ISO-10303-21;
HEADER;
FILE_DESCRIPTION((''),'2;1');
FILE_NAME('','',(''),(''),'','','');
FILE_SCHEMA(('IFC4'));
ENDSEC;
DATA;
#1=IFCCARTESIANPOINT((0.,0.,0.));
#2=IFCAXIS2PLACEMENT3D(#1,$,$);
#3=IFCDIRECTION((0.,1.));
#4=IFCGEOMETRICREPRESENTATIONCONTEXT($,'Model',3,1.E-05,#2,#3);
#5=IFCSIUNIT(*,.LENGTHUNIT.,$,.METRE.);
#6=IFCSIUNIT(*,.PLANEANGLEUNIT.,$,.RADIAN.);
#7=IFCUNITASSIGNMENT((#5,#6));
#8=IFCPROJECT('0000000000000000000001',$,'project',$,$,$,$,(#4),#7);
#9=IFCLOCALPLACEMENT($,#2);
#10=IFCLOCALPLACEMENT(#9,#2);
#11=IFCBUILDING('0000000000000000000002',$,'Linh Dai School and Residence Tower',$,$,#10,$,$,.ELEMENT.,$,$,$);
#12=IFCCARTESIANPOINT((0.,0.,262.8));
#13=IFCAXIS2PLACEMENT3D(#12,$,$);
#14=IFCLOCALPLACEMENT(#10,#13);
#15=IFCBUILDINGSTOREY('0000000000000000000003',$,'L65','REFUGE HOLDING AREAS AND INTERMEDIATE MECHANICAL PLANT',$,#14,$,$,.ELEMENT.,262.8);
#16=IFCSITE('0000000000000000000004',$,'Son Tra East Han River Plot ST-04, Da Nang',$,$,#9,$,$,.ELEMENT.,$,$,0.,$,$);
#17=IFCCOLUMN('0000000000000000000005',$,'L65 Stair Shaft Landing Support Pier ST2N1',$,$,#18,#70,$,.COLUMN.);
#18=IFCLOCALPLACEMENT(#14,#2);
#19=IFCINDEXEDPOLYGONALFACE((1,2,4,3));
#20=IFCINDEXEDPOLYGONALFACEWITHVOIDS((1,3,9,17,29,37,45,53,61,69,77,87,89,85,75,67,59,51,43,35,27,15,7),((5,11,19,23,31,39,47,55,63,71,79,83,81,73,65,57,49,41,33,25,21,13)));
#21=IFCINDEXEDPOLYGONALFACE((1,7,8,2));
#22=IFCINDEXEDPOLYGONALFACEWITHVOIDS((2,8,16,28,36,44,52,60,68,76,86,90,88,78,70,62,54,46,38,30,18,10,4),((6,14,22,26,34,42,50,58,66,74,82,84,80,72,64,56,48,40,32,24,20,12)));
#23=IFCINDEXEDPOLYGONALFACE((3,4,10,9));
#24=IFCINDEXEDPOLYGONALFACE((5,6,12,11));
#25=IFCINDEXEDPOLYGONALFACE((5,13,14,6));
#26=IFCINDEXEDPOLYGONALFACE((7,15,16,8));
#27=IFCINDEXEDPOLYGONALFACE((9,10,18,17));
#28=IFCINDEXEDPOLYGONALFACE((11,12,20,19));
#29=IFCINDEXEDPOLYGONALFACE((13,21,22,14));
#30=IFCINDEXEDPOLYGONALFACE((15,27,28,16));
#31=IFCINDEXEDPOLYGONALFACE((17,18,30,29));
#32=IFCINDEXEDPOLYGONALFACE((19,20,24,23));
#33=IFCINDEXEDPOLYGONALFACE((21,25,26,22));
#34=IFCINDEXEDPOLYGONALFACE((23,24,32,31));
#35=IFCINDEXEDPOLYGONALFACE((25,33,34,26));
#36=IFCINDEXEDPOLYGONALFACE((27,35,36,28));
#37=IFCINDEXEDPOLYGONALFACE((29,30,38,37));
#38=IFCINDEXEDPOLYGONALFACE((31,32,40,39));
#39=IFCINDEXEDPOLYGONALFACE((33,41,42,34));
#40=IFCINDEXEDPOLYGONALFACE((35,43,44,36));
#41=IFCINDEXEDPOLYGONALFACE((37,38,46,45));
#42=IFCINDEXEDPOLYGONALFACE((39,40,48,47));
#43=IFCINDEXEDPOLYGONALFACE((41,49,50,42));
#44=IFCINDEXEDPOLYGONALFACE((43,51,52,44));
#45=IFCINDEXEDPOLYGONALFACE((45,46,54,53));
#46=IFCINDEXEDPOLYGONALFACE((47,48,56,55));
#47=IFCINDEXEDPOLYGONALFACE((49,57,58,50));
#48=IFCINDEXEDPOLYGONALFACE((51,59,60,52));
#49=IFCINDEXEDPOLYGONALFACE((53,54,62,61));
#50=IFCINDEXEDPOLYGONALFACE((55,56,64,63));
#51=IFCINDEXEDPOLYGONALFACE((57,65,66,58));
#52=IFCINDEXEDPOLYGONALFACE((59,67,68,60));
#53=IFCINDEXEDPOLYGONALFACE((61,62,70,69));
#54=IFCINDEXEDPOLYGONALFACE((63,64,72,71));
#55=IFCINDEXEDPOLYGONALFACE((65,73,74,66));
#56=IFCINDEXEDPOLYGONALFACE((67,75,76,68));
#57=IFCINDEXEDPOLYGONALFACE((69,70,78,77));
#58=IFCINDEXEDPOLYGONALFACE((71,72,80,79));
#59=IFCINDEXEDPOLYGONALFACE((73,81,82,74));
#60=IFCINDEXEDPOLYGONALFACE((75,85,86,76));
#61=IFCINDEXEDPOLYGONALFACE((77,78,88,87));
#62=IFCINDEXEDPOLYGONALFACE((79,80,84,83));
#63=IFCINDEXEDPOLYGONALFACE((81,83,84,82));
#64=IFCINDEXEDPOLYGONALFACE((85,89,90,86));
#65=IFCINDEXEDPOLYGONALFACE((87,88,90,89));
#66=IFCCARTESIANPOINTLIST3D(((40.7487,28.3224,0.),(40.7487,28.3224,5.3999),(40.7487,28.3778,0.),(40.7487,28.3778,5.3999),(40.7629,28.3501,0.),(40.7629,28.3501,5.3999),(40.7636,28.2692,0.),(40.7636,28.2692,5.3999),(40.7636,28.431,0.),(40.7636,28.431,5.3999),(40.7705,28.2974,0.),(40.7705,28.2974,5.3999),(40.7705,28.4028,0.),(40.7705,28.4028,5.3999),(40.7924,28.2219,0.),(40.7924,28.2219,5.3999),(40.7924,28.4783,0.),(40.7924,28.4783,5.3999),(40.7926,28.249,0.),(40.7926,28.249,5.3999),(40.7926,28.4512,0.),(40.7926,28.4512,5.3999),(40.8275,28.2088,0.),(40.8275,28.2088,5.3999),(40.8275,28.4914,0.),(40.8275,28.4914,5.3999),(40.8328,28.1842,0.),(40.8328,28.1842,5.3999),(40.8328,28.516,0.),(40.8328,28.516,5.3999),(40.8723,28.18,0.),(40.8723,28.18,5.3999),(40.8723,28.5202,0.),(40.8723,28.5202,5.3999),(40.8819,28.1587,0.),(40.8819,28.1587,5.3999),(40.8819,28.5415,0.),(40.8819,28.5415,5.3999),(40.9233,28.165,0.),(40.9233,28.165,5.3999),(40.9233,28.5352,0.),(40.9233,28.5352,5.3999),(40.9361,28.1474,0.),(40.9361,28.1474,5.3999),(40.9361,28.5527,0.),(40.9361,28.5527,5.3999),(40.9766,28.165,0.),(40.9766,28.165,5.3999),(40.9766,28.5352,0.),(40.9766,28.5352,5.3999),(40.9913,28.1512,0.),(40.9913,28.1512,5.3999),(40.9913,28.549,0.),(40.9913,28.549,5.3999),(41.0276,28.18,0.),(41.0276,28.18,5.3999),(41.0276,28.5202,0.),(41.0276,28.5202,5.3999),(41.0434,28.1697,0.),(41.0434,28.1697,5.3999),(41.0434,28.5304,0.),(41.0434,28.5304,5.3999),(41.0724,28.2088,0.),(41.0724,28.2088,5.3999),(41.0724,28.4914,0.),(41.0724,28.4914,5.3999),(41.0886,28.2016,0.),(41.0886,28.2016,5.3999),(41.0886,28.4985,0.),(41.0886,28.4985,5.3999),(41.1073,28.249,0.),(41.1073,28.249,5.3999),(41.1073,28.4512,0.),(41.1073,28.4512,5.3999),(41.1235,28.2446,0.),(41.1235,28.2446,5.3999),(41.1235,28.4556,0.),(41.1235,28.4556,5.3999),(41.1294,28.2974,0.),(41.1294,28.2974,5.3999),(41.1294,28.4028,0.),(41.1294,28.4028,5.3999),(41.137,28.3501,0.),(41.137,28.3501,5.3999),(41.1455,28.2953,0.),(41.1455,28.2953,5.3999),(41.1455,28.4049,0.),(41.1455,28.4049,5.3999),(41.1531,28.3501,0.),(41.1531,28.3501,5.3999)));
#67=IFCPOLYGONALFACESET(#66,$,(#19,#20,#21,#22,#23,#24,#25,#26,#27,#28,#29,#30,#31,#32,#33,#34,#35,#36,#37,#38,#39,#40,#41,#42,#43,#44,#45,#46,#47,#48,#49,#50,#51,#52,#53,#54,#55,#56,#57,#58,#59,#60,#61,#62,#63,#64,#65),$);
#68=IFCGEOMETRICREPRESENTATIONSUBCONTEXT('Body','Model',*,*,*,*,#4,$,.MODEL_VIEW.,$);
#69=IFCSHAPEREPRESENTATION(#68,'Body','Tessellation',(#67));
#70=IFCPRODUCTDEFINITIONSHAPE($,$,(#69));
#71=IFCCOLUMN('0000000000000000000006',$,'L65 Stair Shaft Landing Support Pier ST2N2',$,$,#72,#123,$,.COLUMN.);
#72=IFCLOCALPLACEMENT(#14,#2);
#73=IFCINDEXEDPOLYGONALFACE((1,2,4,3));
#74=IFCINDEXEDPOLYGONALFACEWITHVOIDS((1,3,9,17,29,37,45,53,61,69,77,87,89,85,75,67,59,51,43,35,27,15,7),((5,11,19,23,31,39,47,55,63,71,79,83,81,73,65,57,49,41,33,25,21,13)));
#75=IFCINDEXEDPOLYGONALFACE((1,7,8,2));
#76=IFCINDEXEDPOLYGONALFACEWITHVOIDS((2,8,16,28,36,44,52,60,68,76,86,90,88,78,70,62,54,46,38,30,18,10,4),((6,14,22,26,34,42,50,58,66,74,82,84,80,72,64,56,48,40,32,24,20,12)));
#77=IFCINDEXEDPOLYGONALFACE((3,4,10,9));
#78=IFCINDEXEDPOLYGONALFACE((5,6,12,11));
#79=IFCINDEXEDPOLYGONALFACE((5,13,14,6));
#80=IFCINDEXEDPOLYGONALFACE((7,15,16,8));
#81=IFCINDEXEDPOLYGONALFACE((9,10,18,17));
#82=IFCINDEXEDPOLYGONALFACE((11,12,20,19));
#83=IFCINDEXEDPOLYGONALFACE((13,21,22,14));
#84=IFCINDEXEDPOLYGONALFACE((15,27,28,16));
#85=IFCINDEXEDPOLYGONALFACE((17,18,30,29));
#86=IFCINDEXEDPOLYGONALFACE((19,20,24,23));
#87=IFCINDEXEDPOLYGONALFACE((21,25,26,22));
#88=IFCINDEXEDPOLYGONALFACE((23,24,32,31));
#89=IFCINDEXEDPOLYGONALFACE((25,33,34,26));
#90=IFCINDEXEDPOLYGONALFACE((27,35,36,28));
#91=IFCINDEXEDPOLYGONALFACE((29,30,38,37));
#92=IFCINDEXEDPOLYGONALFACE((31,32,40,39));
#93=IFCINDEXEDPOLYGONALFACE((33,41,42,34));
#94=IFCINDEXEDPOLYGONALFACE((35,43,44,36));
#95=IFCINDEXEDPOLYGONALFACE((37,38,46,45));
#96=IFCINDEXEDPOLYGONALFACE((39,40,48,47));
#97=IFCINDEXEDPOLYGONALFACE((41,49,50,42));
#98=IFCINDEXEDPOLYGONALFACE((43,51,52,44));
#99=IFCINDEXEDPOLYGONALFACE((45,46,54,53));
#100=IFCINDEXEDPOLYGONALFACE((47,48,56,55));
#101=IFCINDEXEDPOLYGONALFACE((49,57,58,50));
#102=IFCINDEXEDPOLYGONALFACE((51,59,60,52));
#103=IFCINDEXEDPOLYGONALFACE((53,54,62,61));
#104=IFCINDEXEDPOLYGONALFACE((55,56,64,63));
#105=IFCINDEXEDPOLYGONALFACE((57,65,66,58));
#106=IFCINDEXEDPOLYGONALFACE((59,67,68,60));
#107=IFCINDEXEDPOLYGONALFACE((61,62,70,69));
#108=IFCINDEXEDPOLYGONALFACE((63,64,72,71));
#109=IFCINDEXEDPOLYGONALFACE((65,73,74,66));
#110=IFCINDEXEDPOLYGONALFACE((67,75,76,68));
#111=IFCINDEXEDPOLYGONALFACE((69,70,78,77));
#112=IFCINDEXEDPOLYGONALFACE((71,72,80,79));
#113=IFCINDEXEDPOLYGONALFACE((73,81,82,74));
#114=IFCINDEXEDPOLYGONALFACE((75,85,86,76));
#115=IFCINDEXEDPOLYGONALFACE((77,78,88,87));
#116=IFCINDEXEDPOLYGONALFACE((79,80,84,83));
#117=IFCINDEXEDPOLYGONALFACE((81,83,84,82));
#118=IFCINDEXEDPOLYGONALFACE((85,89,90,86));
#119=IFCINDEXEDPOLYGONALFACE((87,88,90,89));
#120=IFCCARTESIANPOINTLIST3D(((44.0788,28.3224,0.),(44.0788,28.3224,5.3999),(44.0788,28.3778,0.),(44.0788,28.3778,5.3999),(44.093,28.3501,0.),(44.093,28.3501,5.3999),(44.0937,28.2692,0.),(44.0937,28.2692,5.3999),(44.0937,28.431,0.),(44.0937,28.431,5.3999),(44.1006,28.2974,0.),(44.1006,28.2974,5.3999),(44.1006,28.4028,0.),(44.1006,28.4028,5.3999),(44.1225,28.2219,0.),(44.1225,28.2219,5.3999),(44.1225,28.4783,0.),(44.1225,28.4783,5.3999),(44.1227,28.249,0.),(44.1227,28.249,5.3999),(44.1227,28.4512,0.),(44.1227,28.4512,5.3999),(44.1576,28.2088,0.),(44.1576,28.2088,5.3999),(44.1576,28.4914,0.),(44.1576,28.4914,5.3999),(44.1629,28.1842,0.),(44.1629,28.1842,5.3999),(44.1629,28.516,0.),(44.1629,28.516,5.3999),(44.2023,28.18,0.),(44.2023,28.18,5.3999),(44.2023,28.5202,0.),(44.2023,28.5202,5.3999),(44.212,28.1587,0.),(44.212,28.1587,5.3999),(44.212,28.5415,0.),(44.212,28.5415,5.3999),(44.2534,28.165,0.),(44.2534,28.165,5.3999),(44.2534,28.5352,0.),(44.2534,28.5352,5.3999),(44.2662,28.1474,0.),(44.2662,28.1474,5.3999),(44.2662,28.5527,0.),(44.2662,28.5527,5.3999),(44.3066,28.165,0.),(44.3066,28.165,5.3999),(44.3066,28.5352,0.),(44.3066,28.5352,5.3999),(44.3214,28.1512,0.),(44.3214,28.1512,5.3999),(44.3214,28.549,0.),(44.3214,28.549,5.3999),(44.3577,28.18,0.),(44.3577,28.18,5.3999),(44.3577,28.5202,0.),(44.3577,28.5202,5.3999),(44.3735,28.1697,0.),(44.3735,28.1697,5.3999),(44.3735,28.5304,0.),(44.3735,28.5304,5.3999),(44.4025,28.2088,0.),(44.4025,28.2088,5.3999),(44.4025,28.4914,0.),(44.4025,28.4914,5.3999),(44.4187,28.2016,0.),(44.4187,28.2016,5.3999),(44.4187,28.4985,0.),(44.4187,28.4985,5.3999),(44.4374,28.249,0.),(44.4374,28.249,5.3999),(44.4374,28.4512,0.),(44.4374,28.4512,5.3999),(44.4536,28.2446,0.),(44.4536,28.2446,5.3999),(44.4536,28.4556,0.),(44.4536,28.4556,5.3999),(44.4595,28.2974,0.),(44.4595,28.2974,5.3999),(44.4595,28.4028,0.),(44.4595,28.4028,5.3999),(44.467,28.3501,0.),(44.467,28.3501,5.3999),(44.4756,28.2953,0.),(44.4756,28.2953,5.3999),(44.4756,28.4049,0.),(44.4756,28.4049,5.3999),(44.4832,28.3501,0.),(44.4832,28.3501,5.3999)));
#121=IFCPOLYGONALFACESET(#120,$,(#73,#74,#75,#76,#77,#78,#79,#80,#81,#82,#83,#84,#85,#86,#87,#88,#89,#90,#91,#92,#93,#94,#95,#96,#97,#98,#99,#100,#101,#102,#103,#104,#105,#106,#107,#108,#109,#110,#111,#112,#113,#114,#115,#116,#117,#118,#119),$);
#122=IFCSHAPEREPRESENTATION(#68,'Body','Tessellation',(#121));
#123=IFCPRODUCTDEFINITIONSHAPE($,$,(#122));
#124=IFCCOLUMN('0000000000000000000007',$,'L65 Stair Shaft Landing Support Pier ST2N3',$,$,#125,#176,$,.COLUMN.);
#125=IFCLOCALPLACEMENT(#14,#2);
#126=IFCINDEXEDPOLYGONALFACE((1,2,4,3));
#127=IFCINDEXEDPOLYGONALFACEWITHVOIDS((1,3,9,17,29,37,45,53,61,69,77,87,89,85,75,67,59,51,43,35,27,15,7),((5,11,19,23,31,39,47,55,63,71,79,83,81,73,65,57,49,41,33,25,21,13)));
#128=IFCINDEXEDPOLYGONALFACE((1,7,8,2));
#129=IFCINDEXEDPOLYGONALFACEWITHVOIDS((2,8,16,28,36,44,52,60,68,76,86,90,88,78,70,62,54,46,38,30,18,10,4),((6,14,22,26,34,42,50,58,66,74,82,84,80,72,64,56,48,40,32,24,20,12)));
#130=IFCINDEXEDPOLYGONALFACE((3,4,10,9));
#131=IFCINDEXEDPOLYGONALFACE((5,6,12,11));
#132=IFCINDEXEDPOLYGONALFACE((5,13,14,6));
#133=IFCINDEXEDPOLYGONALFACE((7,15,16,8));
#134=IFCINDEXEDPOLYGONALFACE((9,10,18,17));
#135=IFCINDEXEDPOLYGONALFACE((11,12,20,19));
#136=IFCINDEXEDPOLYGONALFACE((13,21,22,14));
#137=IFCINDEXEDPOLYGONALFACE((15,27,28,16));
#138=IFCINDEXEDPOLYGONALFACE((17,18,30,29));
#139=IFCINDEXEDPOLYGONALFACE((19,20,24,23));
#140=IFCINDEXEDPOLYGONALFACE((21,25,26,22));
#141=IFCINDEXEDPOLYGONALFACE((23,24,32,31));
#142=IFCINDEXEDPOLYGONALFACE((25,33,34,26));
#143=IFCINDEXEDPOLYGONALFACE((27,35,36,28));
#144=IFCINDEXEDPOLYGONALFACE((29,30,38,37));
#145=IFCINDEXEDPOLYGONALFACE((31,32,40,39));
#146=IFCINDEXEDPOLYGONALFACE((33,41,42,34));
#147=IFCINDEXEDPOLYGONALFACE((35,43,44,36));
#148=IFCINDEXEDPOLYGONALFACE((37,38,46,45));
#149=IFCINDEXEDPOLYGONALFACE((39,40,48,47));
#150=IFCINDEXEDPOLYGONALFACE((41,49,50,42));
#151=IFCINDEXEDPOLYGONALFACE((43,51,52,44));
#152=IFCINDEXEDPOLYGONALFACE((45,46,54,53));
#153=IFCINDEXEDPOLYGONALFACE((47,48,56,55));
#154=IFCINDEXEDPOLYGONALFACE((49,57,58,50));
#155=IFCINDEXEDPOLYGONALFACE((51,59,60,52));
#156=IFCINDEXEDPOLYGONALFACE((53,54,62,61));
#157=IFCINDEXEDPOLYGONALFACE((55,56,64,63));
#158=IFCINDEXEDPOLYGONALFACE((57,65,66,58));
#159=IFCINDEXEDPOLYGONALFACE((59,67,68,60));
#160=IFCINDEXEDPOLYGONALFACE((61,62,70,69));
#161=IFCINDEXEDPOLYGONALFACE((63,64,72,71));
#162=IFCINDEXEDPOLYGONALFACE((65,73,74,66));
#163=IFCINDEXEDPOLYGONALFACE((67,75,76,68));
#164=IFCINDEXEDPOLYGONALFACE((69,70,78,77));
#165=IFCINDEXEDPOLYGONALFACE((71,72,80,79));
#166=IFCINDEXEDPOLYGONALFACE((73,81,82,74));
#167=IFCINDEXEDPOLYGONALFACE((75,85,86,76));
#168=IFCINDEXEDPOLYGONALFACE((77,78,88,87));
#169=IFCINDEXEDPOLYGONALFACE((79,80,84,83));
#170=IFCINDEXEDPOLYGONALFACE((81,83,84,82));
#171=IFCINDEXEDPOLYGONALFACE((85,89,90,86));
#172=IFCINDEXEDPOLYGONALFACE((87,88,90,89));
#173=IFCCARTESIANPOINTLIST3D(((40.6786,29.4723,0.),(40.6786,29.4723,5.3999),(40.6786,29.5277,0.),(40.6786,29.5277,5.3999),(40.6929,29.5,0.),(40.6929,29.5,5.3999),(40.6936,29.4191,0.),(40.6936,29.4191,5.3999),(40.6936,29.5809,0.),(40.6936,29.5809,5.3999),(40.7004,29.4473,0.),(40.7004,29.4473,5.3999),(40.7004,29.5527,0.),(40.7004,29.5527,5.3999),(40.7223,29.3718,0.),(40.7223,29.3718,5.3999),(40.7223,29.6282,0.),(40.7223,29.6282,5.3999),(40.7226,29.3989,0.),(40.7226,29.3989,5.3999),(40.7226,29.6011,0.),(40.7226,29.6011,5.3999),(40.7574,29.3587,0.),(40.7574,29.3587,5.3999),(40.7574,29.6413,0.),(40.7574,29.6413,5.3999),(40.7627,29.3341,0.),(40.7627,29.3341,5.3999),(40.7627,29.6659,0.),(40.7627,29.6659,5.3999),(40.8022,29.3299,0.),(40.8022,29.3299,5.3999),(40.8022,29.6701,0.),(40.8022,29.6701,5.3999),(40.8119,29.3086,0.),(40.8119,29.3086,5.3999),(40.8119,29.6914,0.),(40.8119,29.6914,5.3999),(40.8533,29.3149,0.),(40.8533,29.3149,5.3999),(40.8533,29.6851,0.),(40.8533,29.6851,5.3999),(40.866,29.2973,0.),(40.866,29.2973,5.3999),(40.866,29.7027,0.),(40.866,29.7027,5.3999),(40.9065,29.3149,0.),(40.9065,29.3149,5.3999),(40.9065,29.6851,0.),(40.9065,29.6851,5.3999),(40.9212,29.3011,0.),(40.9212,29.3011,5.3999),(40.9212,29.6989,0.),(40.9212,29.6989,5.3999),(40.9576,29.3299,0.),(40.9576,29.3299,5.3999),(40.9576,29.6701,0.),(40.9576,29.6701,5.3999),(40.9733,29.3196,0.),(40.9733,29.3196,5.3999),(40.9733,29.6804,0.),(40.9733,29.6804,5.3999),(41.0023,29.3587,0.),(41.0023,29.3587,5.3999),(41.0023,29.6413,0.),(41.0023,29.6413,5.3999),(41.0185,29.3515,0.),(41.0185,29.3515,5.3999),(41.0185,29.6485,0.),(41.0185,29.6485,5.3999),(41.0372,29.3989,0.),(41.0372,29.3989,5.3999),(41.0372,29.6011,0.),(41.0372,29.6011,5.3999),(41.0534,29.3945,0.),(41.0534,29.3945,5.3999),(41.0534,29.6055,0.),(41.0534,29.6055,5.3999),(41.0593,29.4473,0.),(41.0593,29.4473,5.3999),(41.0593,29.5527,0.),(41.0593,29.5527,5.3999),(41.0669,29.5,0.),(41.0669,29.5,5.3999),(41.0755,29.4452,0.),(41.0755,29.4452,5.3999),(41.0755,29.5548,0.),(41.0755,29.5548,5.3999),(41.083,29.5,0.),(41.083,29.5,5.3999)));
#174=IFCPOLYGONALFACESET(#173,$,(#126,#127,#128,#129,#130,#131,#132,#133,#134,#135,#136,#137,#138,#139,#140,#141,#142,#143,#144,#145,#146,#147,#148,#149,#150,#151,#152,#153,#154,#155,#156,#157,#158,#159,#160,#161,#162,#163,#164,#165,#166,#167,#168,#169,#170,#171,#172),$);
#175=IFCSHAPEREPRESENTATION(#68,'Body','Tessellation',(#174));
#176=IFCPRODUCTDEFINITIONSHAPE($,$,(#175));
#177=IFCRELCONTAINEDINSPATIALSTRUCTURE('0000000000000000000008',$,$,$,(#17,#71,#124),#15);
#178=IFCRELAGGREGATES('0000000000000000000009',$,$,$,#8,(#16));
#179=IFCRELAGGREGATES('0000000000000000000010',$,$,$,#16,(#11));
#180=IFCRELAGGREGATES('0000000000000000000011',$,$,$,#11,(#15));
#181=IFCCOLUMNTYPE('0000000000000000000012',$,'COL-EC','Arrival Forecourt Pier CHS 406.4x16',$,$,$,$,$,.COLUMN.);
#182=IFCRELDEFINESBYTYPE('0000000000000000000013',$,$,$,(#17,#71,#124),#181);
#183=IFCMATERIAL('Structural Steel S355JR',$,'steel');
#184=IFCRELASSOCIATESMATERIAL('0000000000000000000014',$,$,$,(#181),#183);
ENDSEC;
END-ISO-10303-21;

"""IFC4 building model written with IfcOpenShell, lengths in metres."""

from ifc_helpers import new_model, si_unit, direction, frame, origin, origin_2d, place, context, subcontext, project, spatial, hollow_circle, extrude, material, material_profile, profile_set, type_object, element, save


model = new_model("IFC4")

# Units and contexts
model_context = context("Model", 3, precision=1e-05, world=origin(), true_north=direction((0.0, 1.0)))
body_context = subcontext(model_context, "Body", "Model", "MODEL_VIEW")
ifc_project = project(units=[si_unit("LENGTHUNIT", "METRE"), si_unit("PLANEANGLEUNIT", "RADIAN")], contexts=[model_context])

# Site, building, storey
site_placement = place(None, origin())
site = spatial("IfcSite", under=ifc_project, at=site_placement, Name="Son Tra East Han River Plot ST-04, Da Nang", CompositionType="ELEMENT", RefElevation=0.0)
building_placement = place(site_placement, origin())
building = spatial("IfcBuilding", under=site, at=building_placement, Name="Linh Dai School and Residence Tower", CompositionType="ELEMENT")
storey_placement = place(building_placement, frame((0.0, 0.0, 262.8)))
storey = spatial("IfcBuildingStorey", under=building, at=storey_placement, Name="L65", Description="REFUGE HOLDING AREAS AND INTERMEDIATE MECHANICAL PLANT", CompositionType="ELEMENT", Elevation=262.8)

# Columns
ifc_material_1 = material(Name="Structural Steel S355JR", Category="steel")
ifc_material_profile_1 = material_profile(ifc_material_1, hollow_circle(Radius=0.2031, WallThickness=0.0161, at=origin_2d()), Name="CHS 406.4x16")
ifc_profile_set_1 = profile_set([ifc_material_profile_1], Name="Structural Steel S355JR")
column_type_1 = type_object("IfcColumnType", Name="COL-EC", Description="Arrival Forecourt Pier CHS 406.4x16", PredefinedType="COLUMN", material=ifc_profile_set_1)
for number, where, z_axis, x_axis, name in (
    (1, (40.95, 28.3501, 0.0), (0.0, 0.0, 1.0), (1.0, 0.0, 0.0), "L65 Stair Shaft Landing Support Pier ST2N1"),
    (2, (44.28, 28.3501, 0.0), (0.0, 0.0, 1.0), (1.0, 0.0, 0.0), "L65 Stair Shaft Landing Support Pier ST2N2"),
    (3, (40.8799, 29.5, 0.0), (0.0, 0.0, 1.0), (1.0, 0.0, 0.0), "L65 Stair Shaft Landing Support Pier ST2N3"),
):
    element("IfcColumn", number, at=place(storey_placement, frame(where, z_axis=z_axis, x_axis=x_axis)), inside=storey, type_object=column_type_1, Name=name, PredefinedType="COLUMN", context=body_context, shape_type="SweptSolid", body=[
        extrude(hollow_circle(Radius=0.2031, WallThickness=0.0161, at=origin_2d()), origin(), (0.0, 0.0, 1.0), 5.3999),
    ])

save(model, "model.ifc")
